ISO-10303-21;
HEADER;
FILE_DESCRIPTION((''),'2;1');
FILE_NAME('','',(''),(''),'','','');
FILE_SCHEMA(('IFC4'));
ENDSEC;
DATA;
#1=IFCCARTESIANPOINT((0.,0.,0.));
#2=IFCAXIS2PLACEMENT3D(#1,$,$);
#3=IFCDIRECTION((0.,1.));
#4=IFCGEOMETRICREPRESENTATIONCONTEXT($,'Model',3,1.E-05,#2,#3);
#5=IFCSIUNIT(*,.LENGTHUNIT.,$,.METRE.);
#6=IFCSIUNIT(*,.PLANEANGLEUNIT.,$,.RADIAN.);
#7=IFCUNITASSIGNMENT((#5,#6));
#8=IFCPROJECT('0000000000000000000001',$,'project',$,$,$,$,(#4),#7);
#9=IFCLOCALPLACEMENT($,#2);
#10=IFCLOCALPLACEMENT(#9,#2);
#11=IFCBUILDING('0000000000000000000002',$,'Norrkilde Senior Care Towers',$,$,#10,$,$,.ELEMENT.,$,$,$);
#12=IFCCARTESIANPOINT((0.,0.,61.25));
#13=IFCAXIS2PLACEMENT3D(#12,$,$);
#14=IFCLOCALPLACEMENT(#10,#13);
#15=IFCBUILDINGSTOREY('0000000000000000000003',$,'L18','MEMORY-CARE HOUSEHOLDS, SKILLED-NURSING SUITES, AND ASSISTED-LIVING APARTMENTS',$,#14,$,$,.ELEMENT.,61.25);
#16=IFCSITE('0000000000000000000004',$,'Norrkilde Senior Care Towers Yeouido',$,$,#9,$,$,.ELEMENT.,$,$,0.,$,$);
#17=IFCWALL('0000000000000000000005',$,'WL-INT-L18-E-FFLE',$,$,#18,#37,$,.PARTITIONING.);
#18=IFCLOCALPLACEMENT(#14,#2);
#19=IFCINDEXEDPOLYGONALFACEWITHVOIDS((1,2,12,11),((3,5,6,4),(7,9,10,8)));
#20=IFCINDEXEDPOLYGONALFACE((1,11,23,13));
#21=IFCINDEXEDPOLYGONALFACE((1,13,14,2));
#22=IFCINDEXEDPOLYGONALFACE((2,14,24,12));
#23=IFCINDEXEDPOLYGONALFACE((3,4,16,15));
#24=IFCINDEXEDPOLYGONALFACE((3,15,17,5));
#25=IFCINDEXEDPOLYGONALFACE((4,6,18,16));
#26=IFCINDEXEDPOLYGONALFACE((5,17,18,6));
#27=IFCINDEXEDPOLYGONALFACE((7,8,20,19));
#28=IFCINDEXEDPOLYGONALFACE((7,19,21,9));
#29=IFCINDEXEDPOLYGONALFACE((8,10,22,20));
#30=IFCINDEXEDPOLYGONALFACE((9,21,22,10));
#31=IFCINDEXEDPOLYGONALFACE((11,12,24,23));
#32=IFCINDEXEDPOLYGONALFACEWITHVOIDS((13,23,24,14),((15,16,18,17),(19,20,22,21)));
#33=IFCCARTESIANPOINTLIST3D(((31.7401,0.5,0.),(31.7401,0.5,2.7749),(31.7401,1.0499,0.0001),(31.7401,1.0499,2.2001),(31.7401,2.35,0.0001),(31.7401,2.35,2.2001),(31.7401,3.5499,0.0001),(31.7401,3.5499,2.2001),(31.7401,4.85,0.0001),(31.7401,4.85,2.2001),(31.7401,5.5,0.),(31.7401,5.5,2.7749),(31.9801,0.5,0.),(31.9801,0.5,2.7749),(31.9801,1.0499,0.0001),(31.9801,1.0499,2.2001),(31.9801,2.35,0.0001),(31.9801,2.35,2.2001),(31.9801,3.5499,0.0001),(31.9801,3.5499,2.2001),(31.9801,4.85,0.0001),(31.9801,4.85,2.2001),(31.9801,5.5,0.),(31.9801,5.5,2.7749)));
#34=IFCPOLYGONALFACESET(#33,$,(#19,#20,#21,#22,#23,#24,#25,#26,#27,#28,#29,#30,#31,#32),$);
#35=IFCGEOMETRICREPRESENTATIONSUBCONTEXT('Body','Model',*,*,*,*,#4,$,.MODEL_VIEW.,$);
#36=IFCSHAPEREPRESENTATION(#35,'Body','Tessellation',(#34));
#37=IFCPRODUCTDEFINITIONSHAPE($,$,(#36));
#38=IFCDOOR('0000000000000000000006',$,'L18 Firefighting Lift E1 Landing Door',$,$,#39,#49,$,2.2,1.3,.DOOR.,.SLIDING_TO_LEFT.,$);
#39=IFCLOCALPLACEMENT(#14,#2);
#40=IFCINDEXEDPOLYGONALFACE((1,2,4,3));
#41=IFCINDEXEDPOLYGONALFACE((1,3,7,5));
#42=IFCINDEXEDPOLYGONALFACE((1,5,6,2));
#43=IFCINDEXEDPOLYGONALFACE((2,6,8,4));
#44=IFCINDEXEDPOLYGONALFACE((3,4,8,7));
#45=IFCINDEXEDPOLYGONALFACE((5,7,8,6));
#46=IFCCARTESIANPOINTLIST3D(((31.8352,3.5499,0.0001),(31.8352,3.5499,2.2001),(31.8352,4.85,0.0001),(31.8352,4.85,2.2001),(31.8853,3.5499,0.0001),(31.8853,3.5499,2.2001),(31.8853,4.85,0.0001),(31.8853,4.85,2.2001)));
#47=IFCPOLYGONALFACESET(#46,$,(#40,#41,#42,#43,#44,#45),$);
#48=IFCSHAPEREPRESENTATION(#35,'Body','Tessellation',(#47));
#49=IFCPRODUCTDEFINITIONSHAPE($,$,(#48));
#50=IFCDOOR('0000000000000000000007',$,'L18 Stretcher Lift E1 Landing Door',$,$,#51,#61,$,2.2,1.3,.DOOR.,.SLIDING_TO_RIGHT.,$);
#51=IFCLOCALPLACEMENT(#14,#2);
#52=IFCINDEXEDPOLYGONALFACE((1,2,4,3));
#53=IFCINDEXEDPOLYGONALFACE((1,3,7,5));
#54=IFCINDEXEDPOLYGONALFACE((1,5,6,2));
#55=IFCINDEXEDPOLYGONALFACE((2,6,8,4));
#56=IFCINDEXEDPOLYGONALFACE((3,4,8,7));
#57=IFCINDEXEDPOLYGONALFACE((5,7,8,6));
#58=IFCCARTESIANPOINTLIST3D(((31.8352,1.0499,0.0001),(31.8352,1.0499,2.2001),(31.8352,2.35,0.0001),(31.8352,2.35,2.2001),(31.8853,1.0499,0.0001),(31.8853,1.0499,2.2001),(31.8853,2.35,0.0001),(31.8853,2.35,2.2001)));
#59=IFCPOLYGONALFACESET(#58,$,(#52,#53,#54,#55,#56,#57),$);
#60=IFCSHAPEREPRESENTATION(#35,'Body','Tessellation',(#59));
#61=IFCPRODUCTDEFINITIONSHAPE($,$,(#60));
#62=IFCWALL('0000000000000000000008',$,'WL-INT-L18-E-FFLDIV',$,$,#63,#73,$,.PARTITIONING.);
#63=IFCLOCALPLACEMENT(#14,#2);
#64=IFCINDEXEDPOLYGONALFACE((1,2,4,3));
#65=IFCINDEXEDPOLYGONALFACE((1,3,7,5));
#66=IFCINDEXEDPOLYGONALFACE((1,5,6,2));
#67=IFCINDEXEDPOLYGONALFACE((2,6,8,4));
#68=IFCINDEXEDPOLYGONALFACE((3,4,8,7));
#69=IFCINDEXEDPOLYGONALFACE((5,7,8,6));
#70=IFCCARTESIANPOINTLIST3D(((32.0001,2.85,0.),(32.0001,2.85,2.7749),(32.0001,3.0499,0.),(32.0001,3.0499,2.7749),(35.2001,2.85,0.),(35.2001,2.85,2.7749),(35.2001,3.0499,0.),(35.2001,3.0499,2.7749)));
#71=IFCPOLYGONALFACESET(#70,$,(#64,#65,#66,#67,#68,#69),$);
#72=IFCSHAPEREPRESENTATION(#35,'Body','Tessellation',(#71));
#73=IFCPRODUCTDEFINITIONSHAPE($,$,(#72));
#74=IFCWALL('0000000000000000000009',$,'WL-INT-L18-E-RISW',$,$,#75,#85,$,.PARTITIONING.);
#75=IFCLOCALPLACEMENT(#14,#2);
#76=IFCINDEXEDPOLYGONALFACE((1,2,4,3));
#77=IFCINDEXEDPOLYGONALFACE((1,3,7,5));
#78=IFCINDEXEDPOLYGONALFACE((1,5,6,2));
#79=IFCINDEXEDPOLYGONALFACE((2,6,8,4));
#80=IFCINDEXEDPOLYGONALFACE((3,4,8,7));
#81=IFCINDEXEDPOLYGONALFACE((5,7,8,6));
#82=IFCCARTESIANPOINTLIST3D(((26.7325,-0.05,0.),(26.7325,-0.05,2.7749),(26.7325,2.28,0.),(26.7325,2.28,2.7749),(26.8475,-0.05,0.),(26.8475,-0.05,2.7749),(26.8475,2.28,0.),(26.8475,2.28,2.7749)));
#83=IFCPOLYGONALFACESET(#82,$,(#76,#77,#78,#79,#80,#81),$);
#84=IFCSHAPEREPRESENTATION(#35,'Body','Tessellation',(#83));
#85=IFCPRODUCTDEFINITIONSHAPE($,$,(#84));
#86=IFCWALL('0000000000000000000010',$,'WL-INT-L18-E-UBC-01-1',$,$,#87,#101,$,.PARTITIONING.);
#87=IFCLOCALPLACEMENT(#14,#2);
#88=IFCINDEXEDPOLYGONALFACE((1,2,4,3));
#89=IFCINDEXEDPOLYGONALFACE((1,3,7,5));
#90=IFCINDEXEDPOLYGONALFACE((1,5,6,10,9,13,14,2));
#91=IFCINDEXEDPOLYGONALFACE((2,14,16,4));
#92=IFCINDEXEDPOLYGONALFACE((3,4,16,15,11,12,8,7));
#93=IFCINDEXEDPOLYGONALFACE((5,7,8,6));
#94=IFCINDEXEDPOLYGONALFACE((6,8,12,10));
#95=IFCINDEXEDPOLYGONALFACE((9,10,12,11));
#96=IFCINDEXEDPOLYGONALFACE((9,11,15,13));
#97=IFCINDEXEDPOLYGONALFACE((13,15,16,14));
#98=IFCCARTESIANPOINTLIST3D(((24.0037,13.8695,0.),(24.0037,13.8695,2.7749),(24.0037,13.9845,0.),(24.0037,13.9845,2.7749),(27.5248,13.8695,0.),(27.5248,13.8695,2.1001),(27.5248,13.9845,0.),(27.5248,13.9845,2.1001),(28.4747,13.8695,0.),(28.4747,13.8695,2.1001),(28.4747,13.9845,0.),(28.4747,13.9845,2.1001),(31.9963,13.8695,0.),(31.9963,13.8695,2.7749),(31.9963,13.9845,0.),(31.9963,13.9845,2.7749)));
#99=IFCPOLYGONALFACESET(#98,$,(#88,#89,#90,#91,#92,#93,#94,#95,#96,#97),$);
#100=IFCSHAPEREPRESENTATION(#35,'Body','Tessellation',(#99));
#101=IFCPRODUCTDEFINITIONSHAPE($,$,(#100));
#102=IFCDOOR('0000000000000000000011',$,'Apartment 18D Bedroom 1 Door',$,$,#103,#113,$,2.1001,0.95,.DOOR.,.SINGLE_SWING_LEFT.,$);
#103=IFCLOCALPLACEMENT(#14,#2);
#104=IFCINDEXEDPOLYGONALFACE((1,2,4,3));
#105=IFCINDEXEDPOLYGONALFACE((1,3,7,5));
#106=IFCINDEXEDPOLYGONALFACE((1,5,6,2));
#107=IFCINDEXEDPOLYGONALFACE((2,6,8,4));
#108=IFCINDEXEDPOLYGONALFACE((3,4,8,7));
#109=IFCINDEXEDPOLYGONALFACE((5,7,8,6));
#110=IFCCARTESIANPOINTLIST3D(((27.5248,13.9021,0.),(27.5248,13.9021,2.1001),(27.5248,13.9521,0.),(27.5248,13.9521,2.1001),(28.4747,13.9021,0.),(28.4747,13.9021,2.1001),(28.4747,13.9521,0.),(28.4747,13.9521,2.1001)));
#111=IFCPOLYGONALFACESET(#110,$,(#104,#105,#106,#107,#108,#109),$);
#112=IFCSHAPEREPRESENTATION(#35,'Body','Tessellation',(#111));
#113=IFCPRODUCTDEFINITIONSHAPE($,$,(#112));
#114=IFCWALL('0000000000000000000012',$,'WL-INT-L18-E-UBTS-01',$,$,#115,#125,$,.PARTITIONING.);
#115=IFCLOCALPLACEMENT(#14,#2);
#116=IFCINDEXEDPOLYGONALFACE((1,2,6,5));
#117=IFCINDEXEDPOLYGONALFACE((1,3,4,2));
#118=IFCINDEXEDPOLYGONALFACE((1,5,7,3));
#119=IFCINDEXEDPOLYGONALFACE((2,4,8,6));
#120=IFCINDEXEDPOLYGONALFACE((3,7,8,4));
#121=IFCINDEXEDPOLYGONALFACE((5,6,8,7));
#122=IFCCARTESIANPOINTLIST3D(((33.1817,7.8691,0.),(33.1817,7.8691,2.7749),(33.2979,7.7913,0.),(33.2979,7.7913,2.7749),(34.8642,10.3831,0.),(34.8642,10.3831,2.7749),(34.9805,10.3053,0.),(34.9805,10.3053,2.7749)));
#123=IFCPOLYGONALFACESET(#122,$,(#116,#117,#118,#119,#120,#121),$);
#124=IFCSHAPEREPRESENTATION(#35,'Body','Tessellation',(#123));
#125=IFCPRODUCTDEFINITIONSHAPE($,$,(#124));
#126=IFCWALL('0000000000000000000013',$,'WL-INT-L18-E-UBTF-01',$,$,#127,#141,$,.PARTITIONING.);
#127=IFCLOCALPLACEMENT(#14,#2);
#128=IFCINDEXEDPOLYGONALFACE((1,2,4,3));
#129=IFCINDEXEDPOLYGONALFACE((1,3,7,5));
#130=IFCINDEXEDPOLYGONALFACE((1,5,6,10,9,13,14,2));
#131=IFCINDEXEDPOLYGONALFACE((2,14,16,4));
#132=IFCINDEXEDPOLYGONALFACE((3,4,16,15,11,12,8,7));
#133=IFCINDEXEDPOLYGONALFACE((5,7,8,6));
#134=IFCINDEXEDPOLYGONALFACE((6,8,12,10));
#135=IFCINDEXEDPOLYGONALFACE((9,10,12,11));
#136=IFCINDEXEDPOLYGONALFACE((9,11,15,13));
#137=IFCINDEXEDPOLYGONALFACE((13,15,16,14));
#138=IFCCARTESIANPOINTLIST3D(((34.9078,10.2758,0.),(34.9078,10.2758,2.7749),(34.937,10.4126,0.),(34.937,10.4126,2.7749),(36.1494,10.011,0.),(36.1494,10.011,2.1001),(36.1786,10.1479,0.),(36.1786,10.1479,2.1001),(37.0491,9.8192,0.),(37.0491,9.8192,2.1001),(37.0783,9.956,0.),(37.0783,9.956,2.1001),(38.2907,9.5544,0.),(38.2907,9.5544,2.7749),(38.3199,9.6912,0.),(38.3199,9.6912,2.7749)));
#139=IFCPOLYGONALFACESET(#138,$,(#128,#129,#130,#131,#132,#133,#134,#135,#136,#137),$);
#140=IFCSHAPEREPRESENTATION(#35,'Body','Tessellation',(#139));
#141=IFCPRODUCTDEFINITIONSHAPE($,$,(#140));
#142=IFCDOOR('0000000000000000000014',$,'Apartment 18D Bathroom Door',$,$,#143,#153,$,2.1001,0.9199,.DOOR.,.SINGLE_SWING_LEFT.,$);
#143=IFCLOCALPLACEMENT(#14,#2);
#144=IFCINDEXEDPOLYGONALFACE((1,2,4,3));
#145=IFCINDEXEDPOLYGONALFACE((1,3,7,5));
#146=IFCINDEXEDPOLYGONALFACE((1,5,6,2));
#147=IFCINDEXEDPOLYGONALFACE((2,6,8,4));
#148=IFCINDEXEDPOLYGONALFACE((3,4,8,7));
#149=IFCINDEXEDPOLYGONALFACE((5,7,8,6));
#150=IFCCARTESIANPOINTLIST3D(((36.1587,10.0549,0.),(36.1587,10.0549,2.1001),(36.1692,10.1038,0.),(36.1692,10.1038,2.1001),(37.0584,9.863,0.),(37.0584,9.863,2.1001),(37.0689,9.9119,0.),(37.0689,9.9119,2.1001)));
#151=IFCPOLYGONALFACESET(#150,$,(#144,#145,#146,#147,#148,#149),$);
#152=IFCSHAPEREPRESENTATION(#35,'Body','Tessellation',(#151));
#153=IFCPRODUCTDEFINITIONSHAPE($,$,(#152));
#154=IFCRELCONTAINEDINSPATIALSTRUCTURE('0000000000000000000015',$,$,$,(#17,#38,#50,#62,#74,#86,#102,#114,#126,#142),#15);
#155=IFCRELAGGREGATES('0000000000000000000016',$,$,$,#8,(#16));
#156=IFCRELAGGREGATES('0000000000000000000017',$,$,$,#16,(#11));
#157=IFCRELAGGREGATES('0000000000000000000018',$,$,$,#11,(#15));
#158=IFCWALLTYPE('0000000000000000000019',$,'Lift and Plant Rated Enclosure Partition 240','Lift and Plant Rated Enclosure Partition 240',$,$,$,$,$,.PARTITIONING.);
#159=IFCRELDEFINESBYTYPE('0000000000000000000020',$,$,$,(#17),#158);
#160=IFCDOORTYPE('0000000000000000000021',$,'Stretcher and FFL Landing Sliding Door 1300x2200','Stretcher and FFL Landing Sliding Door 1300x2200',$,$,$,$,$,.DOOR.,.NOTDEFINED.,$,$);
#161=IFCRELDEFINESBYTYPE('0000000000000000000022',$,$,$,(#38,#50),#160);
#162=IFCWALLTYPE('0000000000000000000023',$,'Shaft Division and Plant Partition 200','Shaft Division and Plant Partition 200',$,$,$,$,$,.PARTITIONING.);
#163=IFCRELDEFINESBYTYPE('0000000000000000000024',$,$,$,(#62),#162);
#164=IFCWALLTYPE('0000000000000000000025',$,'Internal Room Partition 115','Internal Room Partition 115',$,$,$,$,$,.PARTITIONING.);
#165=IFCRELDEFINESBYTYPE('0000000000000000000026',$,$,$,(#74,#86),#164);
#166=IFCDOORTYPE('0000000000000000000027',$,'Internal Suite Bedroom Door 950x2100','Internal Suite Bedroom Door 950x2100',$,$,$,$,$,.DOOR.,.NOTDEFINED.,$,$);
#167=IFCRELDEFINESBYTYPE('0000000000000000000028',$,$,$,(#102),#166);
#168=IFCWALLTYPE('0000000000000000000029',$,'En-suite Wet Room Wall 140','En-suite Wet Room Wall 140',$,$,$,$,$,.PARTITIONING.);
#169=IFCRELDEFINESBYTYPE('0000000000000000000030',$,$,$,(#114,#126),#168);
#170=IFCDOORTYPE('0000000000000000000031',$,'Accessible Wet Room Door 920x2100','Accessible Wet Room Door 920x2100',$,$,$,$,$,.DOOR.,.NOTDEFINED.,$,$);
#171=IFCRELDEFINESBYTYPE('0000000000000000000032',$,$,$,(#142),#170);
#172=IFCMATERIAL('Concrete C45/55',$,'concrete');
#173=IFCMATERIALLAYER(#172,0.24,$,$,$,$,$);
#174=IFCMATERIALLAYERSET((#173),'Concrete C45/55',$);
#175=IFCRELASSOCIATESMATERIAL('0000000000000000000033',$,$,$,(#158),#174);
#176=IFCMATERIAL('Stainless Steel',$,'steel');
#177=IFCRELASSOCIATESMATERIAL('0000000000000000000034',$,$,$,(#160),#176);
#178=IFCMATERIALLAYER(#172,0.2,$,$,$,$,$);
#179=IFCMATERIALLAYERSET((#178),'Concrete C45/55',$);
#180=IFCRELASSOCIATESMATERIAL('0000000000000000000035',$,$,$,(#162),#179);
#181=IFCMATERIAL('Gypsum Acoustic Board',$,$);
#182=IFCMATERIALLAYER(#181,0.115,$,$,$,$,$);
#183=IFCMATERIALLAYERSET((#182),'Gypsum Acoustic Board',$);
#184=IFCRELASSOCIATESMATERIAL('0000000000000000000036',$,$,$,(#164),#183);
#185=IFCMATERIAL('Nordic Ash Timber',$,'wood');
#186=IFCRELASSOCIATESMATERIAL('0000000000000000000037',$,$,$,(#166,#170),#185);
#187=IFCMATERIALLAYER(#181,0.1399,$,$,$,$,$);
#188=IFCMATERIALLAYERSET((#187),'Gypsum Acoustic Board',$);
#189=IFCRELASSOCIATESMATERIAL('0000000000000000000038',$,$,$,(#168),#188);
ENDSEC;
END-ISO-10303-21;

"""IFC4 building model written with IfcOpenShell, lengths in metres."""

from ifc_helpers import new_model, si_unit, direction, frame, frame_2d, origin, place, context, subcontext, project, spatial, rectangle, extrude, source, transform, mapped, material, layer, layer_set, type_object, type_shapes, element, fill, save


model = new_model("IFC4")

# Units and contexts
model_context = context("Model", 3, precision=1e-05, world=origin(), true_north=direction((0.0, 1.0)))
body_context = subcontext(model_context, "Body", "Model", "MODEL_VIEW")
ifc_project = project(units=[si_unit("LENGTHUNIT", "METRE"), si_unit("PLANEANGLEUNIT", "RADIAN")], contexts=[model_context])

# Site, building, storey
site_placement = place(None, origin())
site = spatial("IfcSite", under=ifc_project, at=site_placement, Name="Norrkilde Senior Care Towers Yeouido", CompositionType="ELEMENT", RefElevation=0.0)
building_placement = place(site_placement, origin())
building = spatial("IfcBuilding", under=site, at=building_placement, Name="Norrkilde Senior Care Towers", CompositionType="ELEMENT")
storey_placement = place(building_placement, frame((0.0, 0.0, 61.25)))
storey = spatial("IfcBuildingStorey", under=building, at=storey_placement, Name="L18", Description="MEMORY-CARE HOUSEHOLDS, SKILLED-NURSING SUITES, AND ASSISTED-LIVING APARTMENTS", CompositionType="ELEMENT", Elevation=61.25)

# Wall, openings, doors
ifc_material_1 = material(Name="Concrete C45/55", Category="concrete")
ifc_layer_1 = layer(ifc_material_1, 0.24)
ifc_layer_set_1 = layer_set([ifc_layer_1], Name="Concrete C45/55")
wall_type_1 = type_object("IfcWallType", Name="Lift and Plant Rated Enclosure Partition 240", Description="Lift and Plant Rated Enclosure Partition 240", PredefinedType="PARTITIONING", material=ifc_layer_set_1)
shared_shape_1 = source(origin(), body_context, "Body", "SweptSolid", [
    extrude(rectangle(XDim=5.0, YDim=0.24, at=frame_2d((2.5, 0.0))), origin(), (0.0, 0.0, 1.0), 2.7749),
])
type_shapes(wall_type_1, [shared_shape_1])
wall_1_placement = place(storey_placement, frame((31.8601, 0.5, 0.0), z_axis=(0.0, 0.0, 1.0), x_axis=(0.0, 1.0, 0.0)))
wall_1 = element("IfcWall", 1, at=wall_1_placement, inside=storey, type_object=wall_type_1, Name="WL-INT-L18-E-FFLE", PredefinedType="PARTITIONING", context=body_context, shape_type="MappedRepresentation", body=[
    mapped(shared_shape_1, transform((0.0, 0.0, 0.0), x_axis=(1.0, 0.0, 0.0), y_axis=(0.0, 1.0, 0.0), z_axis=(0.0, 0.0, 1.0), scale=1.0)),
])
opening_1_placement = place(wall_1_placement, frame((3.05, 0.0, 0.0)))
opening_1 = element("IfcOpeningElement", 2, at=opening_1_placement, cuts=wall_1, PredefinedType="OPENING", context=body_context, shape_type="SweptSolid", body=[
    extrude(rectangle(XDim=1.3, YDim=2.2, at=frame_2d((0.6499, 1.1001))), frame((0.0, 0.1299, 0.0), z_axis=(0.0, -1.0, 0.0), x_axis=(1.0, 0.0, 0.0)), (0.0, 0.0, 1.0), 0.26),
])
opening_2_placement = place(wall_1_placement, frame((0.55, 0.0, 0.0)))
opening_2 = element("IfcOpeningElement", 3, at=opening_2_placement, cuts=wall_1, PredefinedType="OPENING", context=body_context, shape_type="SweptSolid", body=[
    extrude(rectangle(XDim=1.3, YDim=2.2, at=frame_2d((0.6499, 1.1001))), frame((0.0, 0.1299, 0.0), z_axis=(0.0, -1.0, 0.0), x_axis=(1.0, 0.0, 0.0)), (0.0, 0.0, 1.0), 0.26),
])
ifc_material_2 = material(Name="Stainless Steel", Category="steel")
door_type_1 = type_object("IfcDoorType", Name="Stretcher and FFL Landing Sliding Door 1300x2200", Description="Stretcher and FFL Landing Sliding Door 1300x2200", OperationType="NOTDEFINED", PredefinedType="DOOR", material=ifc_material_2)
shared_shape_2 = source(origin(), body_context, "Body", "SweptSolid", [
    extrude(rectangle(XDim=1.3, YDim=2.2, at=frame_2d((0.6499, 1.1001))), frame((0.0, 0.0249, 0.0), z_axis=(0.0, -1.0, 0.0), x_axis=(1.0, 0.0, 0.0)), (0.0, 0.0, 1.0), 0.05),
])
type_shapes(door_type_1, [shared_shape_2])
door_1_placement = place(opening_1_placement, origin())
door_1 = element("IfcDoor", 4, at=door_1_placement, inside=storey, type_object=door_type_1, Name="L18 Firefighting Lift E1 Landing Door", OperationType="SLIDING_TO_LEFT", OverallHeight=2.2, OverallWidth=1.3, PredefinedType="DOOR", context=body_context, shape_type="MappedRepresentation", body=[
    mapped(shared_shape_2, transform((0.0, 0.0, 0.0), x_axis=(1.0, 0.0, 0.0), y_axis=(0.0, 1.0, 0.0), z_axis=(0.0, 0.0, 1.0), scale=1.0)),
])
fill(opening_1, door_1)
door_2_placement = place(opening_2_placement, origin())
door_2 = element("IfcDoor", 5, at=door_2_placement, inside=storey, type_object=door_type_1, Name="L18 Stretcher Lift E1 Landing Door", OperationType="SLIDING_TO_RIGHT", OverallHeight=2.2, OverallWidth=1.3, PredefinedType="DOOR", context=body_context, shape_type="MappedRepresentation", body=[
    mapped(shared_shape_2, transform((0.0, 0.0, 0.0), x_axis=(1.0, 0.0, 0.0), y_axis=(0.0, 1.0, 0.0), z_axis=(0.0, 0.0, 1.0), scale=1.0)),
])
fill(opening_2, door_2)

# Wall
ifc_layer_2 = layer(ifc_material_1, 0.2)
ifc_layer_set_2 = layer_set([ifc_layer_2], Name="Concrete C45/55")
wall_type_2 = type_object("IfcWallType", Name="Shaft Division and Plant Partition 200", Description="Shaft Division and Plant Partition 200", PredefinedType="PARTITIONING", material=ifc_layer_set_2)
shared_shape_3 = source(origin(), body_context, "Body", "SweptSolid", [
    extrude(rectangle(XDim=3.2, YDim=0.2, at=frame_2d((1.6001, 0.0))), origin(), (0.0, 0.0, 1.0), 2.7749),
])
type_shapes(wall_type_2, [shared_shape_3])
wall_2_placement = place(storey_placement, frame((32.0, 2.95, 0.0), z_axis=(0.0, 0.0, 1.0), x_axis=(1.0, 0.0, 0.0)))
element("IfcWall", 6, at=wall_2_placement, inside=storey, type_object=wall_type_2, Name="WL-INT-L18-E-FFLDIV", PredefinedType="PARTITIONING", context=body_context, shape_type="MappedRepresentation", body=[
    mapped(shared_shape_3, transform((0.0, 0.0, 0.0), x_axis=(1.0, 0.0, 0.0), y_axis=(0.0, 1.0, 0.0), z_axis=(0.0, 0.0, 1.0), scale=1.0)),
])

# Wall
ifc_material_3 = material(Name="Gypsum Acoustic Board")
ifc_layer_3 = layer(ifc_material_3, 0.115)
ifc_layer_set_3 = layer_set([ifc_layer_3], Name="Gypsum Acoustic Board")
wall_type_3 = type_object("IfcWallType", Name="Internal Room Partition 115", Description="Internal Room Partition 115", PredefinedType="PARTITIONING", material=ifc_layer_set_3)
shared_shape_4 = source(origin(), body_context, "Body", "SweptSolid", [
    extrude(rectangle(XDim=2.3301, YDim=0.115, at=frame_2d((1.165, 0.0))), origin(), (0.0, 0.0, 1.0), 2.7749),
])
wall_3_placement = place(storey_placement, frame((26.79, -0.05, 0.0), z_axis=(0.0, 0.0, 1.0), x_axis=(0.0, 1.0, 0.0)))
element("IfcWall", 7, at=wall_3_placement, inside=storey, type_object=wall_type_3, Name="WL-INT-L18-E-RISW", PredefinedType="PARTITIONING", context=body_context, shape_type="MappedRepresentation", body=[
    mapped(shared_shape_4, transform((0.0, 0.0, 0.0), x_axis=(1.0, 0.0, 0.0), y_axis=(0.0, 1.0, 0.0), z_axis=(0.0, 0.0, 1.0), scale=1.0)),
])

# Wall, opening, door
shared_shape_5 = source(origin(), body_context, "Body", "SweptSolid", [
    extrude(rectangle(XDim=7.9927, YDim=0.115, at=frame_2d((3.9963, 0.0))), origin(), (0.0, 0.0, 1.0), 2.7749),
])
wall_4_placement = place(storey_placement, frame((31.9963, 13.927, 0.0), z_axis=(0.0, 0.0, 1.0), x_axis=(-1.0, 0.0, 0.0)))
wall_4 = element("IfcWall", 8, at=wall_4_placement, inside=storey, type_object=wall_type_3, Name="WL-INT-L18-E-UBC-01-1", PredefinedType="PARTITIONING", context=body_context, shape_type="MappedRepresentation", body=[
    mapped(shared_shape_5, transform((0.0, 0.0, 0.0), x_axis=(1.0, 0.0, 0.0), y_axis=(0.0, 1.0, 0.0), z_axis=(0.0, 0.0, 1.0), scale=1.0)),
])
opening_3_placement = place(wall_4_placement, frame((3.5215, 0.0, 0.0)))
opening_3 = element("IfcOpeningElement", 9, at=opening_3_placement, cuts=wall_4, PredefinedType="OPENING", context=body_context, shape_type="SweptSolid", body=[
    extrude(rectangle(XDim=0.95, YDim=2.1001, at=frame_2d((0.4751, 1.05))), frame((0.0, 0.0674, 0.0), z_axis=(0.0, -1.0, 0.0), x_axis=(1.0, 0.0, 0.0)), (0.0, 0.0, 1.0), 0.135),
])
ifc_material_4 = material(Name="Nordic Ash Timber", Category="wood")
door_type_2 = type_object("IfcDoorType", Name="Internal Suite Bedroom Door 950x2100", Description="Internal Suite Bedroom Door 950x2100", OperationType="NOTDEFINED", PredefinedType="DOOR", material=ifc_material_4)
shared_shape_6 = source(origin(), body_context, "Body", "SweptSolid", [
    extrude(rectangle(XDim=0.95, YDim=2.1001, at=frame_2d((0.4751, 1.05))), frame((0.0, 0.0249, 0.0), z_axis=(0.0, -1.0, 0.0), x_axis=(1.0, 0.0, 0.0)), (0.0, 0.0, 1.0), 0.05),
])
type_shapes(door_type_2, [shared_shape_6])
door_3_placement = place(opening_3_placement, origin())
door_3 = element("IfcDoor", 10, at=door_3_placement, inside=storey, type_object=door_type_2, Name="Apartment 18D Bedroom 1 Door", OperationType="SINGLE_SWING_LEFT", OverallHeight=2.1001, OverallWidth=0.95, PredefinedType="DOOR", context=body_context, shape_type="MappedRepresentation", body=[
    mapped(shared_shape_6, transform((0.0, 0.0, 0.0), x_axis=(1.0, 0.0, 0.0), y_axis=(0.0, 1.0, 0.0), z_axis=(0.0, 0.0, 1.0), scale=1.0)),
])
fill(opening_3, door_3)

# Wall
ifc_layer_4 = layer(ifc_material_3, 0.1399)
ifc_layer_set_4 = layer_set([ifc_layer_4], Name="Gypsum Acoustic Board")
wall_type_4 = type_object("IfcWallType", Name="En-suite Wet Room Wall 140", Description="En-suite Wet Room Wall 140", PredefinedType="PARTITIONING", material=ifc_layer_set_4)
shared_shape_7 = source(origin(), body_context, "Body", "SweptSolid", [
    extrude(rectangle(XDim=3.0251, YDim=0.1399, at=frame_2d((1.5127, 0.0))), origin(), (0.0, 0.0, 1.0), 2.7749),
])
wall_5_placement = place(storey_placement, frame((33.2397, 7.8301, 0.0), z_axis=(0.0, 0.0, 1.0), x_axis=(0.556189, 0.831056, 0.0)))
element("IfcWall", 11, at=wall_5_placement, inside=storey, type_object=wall_type_4, Name="WL-INT-L18-E-UBTS-01", PredefinedType="PARTITIONING", context=body_context, shape_type="MappedRepresentation", body=[
    mapped(shared_shape_7, transform((0.0, 0.0, 0.0), x_axis=(1.0, 0.0, 0.0), y_axis=(0.0, 1.0, 0.0), z_axis=(0.0, 0.0, 1.0), scale=1.0)),
])

# Wall, opening, door
shared_shape_8 = source(origin(), body_context, "Body", "SweptSolid", [
    extrude(rectangle(XDim=3.459, YDim=0.1399, at=frame_2d((1.7295, 0.0))), origin(), (0.0, 0.0, 1.0), 2.7749),
])
type_shapes(wall_type_4, [shared_shape_7, shared_shape_8])
wall_6_placement = place(storey_placement, frame((34.9224, 10.3442, 0.0), z_axis=(0.0, 0.0, 1.0), x_axis=(0.978006, -0.208575, 0.0)))
wall_6 = element("IfcWall", 12, at=wall_6_placement, inside=storey, type_object=wall_type_4, Name="WL-INT-L18-E-UBTF-01", PredefinedType="PARTITIONING", context=body_context, shape_type="MappedRepresentation", body=[
    mapped(shared_shape_8, transform((0.0, 0.0, 0.0), x_axis=(1.0, 0.0, 0.0), y_axis=(0.0, 1.0, 0.0), z_axis=(0.0, 0.0, 1.0), scale=1.0)),
])
opening_4_placement = place(wall_6_placement, frame((1.2695, 0.0, 0.0)))
opening_4 = element("IfcOpeningElement", 13, at=opening_4_placement, cuts=wall_6, PredefinedType="OPENING", context=body_context, shape_type="SweptSolid", body=[
    extrude(rectangle(XDim=0.9199, YDim=2.1001, at=frame_2d((0.46, 1.05))), frame((0.0, 0.0798, 0.0), z_axis=(0.0, -1.0, 0.0), x_axis=(1.0, 0.0, 0.0)), (0.0, 0.0, 1.0), 0.1599),
])
door_type_3 = type_object("IfcDoorType", Name="Accessible Wet Room Door 920x2100", Description="Accessible Wet Room Door 920x2100", OperationType="NOTDEFINED", PredefinedType="DOOR", material=ifc_material_4)
shared_shape_9 = source(origin(), body_context, "Body", "SweptSolid", [
    extrude(rectangle(XDim=0.9199, YDim=2.1001, at=frame_2d((0.46, 1.05))), frame((0.0, 0.0249, 0.0), z_axis=(0.0, -1.0, 0.0), x_axis=(1.0, 0.0, 0.0)), (0.0, 0.0, 1.0), 0.05),
])
type_shapes(door_type_3, [shared_shape_9])
door_4_placement = place(opening_4_placement, origin())
door_4 = element("IfcDoor", 14, at=door_4_placement, inside=storey, type_object=door_type_3, Name="Apartment 18D Bathroom Door", OperationType="SINGLE_SWING_LEFT", OverallHeight=2.1001, OverallWidth=0.9199, PredefinedType="DOOR", context=body_context, shape_type="MappedRepresentation", body=[
    mapped(shared_shape_9, transform((0.0, 0.0, 0.0), x_axis=(1.0, 0.0, 0.0), y_axis=(0.0, 1.0, 0.0), z_axis=(0.0, 0.0, 1.0), scale=1.0)),
])
fill(opening_4, door_4)

save(model, "model.ifc")
